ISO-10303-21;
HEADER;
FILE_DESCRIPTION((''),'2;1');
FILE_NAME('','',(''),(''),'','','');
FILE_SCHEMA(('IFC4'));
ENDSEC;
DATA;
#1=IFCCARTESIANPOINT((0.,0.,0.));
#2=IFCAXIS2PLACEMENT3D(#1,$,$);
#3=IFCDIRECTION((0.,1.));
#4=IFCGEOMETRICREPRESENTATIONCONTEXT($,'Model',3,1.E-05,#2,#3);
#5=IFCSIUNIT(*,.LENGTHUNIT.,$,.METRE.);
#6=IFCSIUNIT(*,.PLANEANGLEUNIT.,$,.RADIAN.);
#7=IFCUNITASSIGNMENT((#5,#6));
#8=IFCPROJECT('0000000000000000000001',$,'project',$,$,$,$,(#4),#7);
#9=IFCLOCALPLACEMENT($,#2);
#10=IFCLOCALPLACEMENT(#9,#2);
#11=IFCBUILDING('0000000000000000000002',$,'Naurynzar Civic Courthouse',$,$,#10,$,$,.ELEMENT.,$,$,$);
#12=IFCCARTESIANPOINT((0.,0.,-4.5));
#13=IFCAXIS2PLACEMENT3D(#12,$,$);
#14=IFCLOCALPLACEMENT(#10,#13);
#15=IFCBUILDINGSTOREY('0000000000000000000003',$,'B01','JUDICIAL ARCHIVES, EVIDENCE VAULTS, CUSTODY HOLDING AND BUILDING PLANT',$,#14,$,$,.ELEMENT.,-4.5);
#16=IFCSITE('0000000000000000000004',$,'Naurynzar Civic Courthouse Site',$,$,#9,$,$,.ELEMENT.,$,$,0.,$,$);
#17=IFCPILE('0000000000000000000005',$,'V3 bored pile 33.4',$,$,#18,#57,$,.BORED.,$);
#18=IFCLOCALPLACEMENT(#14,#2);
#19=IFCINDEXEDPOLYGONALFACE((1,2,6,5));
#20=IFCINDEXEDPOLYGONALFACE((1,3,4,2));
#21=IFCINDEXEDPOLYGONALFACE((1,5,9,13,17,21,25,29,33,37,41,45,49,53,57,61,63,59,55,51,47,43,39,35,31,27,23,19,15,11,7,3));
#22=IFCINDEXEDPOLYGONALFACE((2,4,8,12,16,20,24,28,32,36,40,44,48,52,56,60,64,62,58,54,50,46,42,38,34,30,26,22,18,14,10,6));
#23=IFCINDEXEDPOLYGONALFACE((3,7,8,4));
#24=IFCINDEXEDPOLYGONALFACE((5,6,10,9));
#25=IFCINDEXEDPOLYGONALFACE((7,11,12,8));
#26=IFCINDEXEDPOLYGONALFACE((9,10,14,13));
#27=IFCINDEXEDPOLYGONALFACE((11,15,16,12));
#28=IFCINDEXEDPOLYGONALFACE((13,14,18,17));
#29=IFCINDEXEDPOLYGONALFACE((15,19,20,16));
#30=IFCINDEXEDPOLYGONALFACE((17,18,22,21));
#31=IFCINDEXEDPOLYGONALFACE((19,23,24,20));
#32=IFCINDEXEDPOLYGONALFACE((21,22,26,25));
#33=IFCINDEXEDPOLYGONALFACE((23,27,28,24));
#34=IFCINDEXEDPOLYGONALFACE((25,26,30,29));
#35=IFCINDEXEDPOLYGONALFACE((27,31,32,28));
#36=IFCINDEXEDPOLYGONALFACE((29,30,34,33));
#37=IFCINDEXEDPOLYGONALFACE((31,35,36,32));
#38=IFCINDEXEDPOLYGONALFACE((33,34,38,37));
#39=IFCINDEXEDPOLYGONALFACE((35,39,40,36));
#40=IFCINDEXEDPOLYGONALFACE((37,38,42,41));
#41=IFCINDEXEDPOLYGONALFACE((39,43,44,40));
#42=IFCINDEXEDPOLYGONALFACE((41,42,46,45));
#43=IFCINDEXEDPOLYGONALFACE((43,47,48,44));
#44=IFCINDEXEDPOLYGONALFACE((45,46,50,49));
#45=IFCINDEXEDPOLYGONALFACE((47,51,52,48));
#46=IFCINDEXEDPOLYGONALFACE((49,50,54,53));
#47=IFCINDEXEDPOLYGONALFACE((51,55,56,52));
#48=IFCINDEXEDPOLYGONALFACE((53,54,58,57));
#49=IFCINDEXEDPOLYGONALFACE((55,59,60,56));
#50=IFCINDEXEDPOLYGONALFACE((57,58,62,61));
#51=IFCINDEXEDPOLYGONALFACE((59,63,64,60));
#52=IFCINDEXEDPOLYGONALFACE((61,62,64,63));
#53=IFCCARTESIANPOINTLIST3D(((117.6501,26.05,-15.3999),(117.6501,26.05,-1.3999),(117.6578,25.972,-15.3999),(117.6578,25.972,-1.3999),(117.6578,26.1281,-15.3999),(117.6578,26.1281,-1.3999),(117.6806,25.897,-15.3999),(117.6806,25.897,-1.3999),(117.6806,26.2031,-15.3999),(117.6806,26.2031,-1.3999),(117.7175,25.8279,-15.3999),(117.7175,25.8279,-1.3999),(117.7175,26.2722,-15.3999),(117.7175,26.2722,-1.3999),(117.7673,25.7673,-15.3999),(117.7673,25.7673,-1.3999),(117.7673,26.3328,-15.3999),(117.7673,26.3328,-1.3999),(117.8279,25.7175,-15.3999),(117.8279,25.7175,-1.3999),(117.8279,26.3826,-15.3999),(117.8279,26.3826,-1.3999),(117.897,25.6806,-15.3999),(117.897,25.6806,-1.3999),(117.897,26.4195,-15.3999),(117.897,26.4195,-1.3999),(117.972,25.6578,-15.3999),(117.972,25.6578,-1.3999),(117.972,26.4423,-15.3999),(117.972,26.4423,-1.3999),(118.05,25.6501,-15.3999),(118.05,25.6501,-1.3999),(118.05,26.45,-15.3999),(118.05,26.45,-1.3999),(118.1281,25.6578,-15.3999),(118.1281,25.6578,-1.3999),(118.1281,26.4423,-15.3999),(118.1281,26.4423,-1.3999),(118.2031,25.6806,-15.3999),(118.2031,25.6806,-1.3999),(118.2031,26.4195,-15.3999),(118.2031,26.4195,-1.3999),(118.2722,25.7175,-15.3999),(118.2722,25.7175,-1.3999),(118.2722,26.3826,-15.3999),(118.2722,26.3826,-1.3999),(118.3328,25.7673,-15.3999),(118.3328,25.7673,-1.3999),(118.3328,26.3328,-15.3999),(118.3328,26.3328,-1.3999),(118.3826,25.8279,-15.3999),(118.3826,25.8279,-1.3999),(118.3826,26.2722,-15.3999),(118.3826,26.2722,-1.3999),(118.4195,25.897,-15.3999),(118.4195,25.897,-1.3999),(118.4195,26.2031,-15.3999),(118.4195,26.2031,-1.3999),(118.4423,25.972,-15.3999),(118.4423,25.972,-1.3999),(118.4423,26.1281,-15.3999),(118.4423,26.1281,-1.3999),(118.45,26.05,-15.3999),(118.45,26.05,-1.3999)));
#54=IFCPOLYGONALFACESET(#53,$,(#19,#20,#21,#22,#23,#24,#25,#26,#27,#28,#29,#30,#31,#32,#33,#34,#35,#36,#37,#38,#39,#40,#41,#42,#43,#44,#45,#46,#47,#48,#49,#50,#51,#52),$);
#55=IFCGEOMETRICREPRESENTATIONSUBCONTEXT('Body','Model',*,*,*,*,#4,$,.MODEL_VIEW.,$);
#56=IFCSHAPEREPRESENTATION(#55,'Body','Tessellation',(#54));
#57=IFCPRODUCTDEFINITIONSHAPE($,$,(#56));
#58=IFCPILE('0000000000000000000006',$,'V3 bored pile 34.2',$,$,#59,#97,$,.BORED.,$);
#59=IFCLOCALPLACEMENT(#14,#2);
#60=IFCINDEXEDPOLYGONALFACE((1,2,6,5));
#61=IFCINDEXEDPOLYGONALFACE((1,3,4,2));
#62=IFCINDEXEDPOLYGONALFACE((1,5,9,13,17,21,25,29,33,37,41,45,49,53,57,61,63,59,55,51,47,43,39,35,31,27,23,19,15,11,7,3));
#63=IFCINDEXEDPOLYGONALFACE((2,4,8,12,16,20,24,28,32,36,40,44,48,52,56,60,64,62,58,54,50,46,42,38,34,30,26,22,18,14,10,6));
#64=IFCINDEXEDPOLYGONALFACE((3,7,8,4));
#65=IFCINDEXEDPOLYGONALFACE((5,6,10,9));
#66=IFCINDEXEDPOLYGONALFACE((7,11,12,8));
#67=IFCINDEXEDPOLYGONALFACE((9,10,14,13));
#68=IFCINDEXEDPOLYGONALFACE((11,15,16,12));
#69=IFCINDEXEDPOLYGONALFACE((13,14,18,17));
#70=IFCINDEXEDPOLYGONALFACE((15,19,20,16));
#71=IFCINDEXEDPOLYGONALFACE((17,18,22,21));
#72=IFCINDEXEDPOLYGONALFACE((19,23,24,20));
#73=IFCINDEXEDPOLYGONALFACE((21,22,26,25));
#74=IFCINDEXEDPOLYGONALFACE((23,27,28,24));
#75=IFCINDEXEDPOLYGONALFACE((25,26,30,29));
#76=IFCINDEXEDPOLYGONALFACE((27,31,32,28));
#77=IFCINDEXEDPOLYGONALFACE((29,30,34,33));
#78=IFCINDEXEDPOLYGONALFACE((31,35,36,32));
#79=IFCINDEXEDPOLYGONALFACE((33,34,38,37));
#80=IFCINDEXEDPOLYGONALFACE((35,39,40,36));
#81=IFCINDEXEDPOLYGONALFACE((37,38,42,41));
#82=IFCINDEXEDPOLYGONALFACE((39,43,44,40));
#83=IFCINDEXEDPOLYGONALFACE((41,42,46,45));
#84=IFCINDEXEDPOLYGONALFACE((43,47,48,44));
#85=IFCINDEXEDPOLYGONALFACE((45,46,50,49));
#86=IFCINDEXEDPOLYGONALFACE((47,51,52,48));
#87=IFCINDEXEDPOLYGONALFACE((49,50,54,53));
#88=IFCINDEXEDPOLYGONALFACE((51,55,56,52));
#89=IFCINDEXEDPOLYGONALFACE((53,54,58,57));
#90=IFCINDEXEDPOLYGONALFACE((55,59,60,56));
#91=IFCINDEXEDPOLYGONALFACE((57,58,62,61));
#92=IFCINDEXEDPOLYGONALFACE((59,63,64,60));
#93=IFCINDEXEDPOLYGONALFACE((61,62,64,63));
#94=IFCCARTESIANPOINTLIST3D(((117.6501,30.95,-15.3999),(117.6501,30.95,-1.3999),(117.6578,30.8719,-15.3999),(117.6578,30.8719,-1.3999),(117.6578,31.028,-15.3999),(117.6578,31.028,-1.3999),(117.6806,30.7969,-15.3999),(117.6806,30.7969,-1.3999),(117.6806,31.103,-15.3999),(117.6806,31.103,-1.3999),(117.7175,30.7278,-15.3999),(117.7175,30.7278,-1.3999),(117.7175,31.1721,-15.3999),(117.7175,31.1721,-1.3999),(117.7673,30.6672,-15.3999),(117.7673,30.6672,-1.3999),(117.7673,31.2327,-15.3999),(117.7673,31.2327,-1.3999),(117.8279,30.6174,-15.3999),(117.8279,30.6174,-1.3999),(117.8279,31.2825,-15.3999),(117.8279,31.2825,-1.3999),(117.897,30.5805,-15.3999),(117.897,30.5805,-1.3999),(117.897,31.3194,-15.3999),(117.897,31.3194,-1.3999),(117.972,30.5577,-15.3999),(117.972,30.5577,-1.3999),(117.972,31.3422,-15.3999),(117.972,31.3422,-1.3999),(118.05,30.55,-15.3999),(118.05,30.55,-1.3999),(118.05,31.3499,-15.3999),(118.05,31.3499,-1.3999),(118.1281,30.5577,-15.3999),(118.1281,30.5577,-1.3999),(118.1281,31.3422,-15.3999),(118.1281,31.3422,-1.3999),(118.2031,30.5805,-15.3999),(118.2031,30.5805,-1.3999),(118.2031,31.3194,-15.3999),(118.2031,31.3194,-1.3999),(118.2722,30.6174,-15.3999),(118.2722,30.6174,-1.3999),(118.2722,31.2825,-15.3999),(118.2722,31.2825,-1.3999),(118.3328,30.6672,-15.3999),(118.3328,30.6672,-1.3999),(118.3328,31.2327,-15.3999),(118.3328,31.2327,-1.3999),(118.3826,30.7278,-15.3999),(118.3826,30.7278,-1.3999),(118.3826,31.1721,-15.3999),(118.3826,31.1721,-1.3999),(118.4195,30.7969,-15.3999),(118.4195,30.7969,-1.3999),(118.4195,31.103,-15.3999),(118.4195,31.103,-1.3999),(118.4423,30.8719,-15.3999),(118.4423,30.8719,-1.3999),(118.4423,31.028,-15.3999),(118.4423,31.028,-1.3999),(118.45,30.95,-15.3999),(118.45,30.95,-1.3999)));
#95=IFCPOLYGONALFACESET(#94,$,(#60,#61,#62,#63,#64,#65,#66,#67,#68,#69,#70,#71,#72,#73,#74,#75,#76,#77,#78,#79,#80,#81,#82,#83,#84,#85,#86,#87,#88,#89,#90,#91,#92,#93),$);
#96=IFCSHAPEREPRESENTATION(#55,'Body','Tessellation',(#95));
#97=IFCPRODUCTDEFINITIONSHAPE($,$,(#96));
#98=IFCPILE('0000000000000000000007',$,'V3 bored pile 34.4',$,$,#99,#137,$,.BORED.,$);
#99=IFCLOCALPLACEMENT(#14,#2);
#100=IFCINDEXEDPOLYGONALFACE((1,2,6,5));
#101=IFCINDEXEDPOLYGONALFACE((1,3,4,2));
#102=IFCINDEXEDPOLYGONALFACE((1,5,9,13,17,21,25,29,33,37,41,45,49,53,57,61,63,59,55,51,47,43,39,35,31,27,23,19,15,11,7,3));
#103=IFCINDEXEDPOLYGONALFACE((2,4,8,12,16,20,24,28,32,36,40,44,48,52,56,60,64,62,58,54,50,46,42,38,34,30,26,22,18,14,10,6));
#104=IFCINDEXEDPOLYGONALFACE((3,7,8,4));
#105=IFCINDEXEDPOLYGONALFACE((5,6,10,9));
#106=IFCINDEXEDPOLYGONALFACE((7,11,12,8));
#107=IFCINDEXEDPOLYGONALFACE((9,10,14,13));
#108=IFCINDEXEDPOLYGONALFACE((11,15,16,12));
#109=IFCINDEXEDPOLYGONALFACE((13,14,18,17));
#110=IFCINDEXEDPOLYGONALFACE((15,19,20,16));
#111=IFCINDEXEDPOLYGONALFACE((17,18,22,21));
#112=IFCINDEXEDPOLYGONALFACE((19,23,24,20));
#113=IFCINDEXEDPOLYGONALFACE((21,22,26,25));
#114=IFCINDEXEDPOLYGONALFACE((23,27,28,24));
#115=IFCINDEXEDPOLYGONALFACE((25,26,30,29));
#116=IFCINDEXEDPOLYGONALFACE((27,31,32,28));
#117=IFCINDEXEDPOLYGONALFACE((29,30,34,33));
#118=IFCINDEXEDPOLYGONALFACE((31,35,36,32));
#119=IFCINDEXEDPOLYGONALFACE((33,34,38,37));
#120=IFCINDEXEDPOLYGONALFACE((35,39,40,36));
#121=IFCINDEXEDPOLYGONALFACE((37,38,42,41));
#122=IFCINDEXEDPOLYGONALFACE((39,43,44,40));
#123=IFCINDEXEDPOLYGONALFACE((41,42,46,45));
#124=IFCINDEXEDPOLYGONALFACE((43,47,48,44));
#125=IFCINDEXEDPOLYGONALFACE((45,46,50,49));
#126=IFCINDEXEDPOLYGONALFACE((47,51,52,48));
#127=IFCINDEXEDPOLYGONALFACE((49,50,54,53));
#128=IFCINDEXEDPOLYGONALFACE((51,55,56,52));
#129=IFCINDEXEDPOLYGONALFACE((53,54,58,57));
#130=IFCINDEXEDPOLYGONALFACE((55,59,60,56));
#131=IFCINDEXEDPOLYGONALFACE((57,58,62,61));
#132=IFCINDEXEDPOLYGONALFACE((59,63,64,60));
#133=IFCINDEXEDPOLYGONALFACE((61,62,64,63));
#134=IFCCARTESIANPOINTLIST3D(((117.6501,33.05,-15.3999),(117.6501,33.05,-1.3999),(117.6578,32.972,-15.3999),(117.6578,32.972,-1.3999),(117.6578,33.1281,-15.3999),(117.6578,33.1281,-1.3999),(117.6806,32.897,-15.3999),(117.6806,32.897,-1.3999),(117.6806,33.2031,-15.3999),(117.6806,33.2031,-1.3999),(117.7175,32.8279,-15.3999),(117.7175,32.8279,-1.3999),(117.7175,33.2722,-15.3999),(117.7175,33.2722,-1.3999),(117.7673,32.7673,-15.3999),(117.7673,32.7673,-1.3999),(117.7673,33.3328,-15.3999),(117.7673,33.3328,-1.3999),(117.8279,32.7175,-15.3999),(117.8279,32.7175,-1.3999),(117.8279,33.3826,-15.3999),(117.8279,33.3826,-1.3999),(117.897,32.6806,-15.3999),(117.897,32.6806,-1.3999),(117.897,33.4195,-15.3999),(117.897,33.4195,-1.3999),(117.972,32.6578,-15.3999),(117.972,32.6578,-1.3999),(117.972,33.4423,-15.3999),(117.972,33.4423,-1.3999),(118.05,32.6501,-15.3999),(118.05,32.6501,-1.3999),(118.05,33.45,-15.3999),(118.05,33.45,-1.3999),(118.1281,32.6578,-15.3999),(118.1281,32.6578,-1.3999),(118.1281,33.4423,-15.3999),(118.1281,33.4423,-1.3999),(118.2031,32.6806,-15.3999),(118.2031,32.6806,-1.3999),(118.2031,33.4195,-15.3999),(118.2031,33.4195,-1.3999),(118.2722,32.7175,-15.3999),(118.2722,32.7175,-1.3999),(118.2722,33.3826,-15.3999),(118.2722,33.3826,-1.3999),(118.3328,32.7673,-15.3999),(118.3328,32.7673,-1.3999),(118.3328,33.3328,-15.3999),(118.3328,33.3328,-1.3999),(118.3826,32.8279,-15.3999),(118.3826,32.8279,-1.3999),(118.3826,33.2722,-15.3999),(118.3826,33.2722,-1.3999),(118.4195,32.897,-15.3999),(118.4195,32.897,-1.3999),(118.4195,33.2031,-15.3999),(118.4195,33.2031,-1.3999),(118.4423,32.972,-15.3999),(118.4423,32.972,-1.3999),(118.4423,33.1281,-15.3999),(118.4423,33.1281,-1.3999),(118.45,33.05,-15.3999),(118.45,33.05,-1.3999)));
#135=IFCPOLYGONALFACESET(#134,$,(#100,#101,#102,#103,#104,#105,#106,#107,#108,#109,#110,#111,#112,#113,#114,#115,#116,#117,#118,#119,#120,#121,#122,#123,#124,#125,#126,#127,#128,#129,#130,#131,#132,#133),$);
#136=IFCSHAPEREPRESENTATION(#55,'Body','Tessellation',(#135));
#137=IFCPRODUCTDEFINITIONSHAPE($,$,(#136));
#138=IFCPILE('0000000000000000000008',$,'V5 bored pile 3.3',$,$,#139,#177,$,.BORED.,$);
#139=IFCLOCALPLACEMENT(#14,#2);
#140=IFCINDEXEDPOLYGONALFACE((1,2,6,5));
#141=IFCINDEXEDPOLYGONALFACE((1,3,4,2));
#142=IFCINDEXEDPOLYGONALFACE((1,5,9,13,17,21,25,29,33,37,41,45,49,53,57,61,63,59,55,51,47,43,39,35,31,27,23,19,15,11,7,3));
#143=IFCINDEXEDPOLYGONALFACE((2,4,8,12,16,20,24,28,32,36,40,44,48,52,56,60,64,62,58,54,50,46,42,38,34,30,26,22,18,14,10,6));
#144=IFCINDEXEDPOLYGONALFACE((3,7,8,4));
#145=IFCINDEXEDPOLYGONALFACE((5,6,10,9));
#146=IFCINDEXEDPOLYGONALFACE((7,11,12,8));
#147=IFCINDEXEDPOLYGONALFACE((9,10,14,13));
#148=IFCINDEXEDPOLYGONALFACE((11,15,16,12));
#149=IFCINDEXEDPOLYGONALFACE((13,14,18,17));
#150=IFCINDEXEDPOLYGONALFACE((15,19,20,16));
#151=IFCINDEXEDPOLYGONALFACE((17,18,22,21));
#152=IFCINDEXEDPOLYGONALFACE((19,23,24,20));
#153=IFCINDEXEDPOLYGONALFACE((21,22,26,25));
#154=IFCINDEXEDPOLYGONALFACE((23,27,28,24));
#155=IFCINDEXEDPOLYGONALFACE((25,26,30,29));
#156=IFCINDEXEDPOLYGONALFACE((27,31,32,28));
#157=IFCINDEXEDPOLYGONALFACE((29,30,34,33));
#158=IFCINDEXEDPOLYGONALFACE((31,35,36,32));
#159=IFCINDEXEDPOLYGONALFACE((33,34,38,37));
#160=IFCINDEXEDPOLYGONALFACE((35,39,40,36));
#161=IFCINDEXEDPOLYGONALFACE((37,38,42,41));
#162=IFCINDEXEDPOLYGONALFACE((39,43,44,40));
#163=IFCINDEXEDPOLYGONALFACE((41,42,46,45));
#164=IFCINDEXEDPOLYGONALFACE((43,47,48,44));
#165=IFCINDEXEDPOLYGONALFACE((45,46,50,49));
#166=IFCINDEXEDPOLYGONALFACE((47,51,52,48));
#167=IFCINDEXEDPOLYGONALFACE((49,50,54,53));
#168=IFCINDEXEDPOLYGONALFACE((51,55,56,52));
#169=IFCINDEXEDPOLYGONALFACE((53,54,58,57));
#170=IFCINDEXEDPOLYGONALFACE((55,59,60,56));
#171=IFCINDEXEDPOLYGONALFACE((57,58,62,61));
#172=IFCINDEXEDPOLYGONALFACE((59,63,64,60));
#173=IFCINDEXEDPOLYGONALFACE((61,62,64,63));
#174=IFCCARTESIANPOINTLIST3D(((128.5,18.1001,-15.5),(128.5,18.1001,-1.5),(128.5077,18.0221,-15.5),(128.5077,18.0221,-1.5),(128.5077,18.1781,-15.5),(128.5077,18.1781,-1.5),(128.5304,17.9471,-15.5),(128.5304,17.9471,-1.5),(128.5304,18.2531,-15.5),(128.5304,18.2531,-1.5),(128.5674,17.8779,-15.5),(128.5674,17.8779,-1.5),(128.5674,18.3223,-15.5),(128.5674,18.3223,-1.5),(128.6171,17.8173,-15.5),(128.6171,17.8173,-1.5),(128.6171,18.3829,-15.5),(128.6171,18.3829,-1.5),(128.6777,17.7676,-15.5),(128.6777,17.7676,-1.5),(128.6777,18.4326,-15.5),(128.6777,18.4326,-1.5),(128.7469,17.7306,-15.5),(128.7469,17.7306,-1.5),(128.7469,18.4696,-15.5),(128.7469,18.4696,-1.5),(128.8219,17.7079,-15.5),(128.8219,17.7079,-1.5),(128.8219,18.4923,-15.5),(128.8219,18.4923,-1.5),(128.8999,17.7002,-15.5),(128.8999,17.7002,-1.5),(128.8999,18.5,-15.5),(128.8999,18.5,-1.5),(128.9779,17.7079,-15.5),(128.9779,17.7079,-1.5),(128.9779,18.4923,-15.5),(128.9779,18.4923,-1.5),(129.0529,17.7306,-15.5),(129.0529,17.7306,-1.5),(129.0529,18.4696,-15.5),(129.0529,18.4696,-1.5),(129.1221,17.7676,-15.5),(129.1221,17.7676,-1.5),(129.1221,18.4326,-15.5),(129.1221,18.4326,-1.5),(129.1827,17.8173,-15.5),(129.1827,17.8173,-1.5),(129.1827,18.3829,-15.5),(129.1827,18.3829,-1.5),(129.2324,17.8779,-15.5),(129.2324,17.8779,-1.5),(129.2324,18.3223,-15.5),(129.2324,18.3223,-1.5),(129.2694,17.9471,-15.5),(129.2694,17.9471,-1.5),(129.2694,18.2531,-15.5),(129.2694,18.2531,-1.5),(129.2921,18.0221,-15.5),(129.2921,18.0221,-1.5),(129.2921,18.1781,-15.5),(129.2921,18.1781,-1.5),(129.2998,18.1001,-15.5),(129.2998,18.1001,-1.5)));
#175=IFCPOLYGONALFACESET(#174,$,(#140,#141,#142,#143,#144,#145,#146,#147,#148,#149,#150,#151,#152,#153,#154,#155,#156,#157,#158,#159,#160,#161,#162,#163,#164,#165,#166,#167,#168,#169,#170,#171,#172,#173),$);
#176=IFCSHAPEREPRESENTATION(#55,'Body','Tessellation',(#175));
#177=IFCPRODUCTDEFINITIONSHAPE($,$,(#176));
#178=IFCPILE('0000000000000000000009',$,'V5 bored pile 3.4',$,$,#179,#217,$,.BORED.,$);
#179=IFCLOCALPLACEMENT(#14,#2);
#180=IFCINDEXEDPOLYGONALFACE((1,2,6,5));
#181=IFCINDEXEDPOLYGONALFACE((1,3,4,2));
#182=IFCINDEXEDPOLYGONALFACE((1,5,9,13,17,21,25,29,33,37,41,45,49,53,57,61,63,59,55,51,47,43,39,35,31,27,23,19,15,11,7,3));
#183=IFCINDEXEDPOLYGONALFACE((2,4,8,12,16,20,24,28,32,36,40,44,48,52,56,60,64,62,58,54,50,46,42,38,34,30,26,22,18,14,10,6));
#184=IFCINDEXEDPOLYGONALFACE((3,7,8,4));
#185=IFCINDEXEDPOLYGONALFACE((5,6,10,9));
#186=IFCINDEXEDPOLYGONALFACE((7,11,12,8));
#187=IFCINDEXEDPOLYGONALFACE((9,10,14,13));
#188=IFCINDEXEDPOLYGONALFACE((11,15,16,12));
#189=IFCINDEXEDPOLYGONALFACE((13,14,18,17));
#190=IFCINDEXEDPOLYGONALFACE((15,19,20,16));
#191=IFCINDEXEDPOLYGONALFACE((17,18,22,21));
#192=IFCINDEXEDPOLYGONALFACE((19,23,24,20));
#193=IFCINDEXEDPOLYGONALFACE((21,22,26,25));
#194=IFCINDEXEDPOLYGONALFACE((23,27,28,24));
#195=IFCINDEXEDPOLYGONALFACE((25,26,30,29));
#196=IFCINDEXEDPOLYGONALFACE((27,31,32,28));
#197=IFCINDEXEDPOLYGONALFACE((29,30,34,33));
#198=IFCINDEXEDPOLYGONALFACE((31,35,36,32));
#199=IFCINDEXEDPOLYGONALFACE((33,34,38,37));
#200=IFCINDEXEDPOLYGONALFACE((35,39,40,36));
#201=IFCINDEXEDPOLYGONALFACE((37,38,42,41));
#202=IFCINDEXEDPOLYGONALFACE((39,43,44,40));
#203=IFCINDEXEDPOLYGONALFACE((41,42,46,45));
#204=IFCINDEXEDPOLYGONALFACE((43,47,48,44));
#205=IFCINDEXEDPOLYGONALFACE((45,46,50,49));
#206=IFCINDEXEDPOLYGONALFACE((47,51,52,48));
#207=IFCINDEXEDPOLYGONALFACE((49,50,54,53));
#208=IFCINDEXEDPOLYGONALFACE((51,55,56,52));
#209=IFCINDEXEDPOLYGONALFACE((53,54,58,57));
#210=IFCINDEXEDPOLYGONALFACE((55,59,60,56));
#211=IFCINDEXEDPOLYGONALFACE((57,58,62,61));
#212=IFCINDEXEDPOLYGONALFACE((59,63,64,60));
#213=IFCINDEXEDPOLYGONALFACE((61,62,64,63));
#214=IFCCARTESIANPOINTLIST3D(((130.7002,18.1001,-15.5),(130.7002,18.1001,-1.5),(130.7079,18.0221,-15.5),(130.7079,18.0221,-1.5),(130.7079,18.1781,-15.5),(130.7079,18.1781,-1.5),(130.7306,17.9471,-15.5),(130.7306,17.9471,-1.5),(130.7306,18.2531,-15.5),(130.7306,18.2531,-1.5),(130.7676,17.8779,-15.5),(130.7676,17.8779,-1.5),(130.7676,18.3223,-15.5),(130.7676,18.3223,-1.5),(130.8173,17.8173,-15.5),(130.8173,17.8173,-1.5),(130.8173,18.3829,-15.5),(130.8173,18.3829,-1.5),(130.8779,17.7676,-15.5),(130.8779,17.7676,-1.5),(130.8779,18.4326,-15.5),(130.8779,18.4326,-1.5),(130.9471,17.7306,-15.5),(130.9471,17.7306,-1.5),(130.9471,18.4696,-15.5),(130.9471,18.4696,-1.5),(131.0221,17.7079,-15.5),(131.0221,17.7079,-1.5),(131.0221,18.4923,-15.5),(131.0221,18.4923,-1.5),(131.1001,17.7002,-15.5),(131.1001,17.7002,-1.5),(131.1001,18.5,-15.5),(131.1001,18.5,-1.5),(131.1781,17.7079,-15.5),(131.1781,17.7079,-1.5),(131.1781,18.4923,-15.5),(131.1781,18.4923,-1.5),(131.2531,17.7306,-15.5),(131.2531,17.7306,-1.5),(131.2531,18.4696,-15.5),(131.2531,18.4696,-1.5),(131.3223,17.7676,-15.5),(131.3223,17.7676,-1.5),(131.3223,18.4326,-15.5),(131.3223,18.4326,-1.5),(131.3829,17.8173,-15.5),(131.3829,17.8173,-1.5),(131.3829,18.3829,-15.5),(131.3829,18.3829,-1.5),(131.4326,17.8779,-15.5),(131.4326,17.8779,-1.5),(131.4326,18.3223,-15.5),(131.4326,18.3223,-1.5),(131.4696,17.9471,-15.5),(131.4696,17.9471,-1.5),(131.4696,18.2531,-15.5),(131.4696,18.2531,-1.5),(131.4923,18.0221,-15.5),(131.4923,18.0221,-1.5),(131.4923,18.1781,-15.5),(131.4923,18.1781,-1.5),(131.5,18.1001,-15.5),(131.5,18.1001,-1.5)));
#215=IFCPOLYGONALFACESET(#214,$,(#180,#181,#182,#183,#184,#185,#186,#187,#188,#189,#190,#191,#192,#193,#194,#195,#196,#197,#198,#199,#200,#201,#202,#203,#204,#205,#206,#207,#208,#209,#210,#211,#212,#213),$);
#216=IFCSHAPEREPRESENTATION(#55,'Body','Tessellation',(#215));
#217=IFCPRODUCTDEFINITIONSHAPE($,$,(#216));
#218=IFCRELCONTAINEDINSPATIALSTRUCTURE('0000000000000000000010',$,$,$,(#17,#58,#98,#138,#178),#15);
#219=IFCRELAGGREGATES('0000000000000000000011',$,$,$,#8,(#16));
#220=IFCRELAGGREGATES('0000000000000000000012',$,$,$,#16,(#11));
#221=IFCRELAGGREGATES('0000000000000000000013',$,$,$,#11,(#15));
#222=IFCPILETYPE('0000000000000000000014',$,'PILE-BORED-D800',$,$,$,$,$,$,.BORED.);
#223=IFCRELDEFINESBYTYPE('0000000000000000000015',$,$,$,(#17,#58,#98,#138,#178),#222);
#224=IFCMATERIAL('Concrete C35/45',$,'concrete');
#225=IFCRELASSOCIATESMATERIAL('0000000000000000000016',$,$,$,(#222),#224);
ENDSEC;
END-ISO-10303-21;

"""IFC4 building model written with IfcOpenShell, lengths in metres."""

from ifc_helpers import new_model, si_unit, direction, frame, origin, origin_2d, place, context, subcontext, project, spatial, circle, extrude, material, material_profile, profile_set, type_object, element, save


model = new_model("IFC4")

# Units and contexts
model_context = context("Model", 3, precision=1e-05, world=origin(), true_north=direction((0.0, 1.0)))
body_context = subcontext(model_context, "Body", "Model", "MODEL_VIEW")
ifc_project = project(units=[si_unit("LENGTHUNIT", "METRE"), si_unit("PLANEANGLEUNIT", "RADIAN")], contexts=[model_context])

# Site, building, storey
site_placement = place(None, origin())
site = spatial("IfcSite", under=ifc_project, at=site_placement, Name="Naurynzar Civic Courthouse Site", CompositionType="ELEMENT", RefElevation=0.0)
building_placement = place(site_placement, origin())
building = spatial("IfcBuilding", under=site, at=building_placement, Name="Naurynzar Civic Courthouse", CompositionType="ELEMENT")
storey_placement = place(building_placement, frame((0.0, 0.0, -4.5)))
storey = spatial("IfcBuildingStorey", under=building, at=storey_placement, Name="B01", Description="JUDICIAL ARCHIVES, EVIDENCE VAULTS, CUSTODY HOLDING AND BUILDING PLANT", CompositionType="ELEMENT", Elevation=-4.5)

# Piles
ifc_material_1 = material(Name="Concrete C35/45", Category="concrete")
ifc_material_profile_1 = material_profile(ifc_material_1, circle(Radius=0.3999, at=origin_2d()), Name="PILE D800")
ifc_profile_set_1 = profile_set([ifc_material_profile_1], Name="Concrete C35/45")
pile_type = type_object("IfcPileType", Name="PILE-BORED-D800", PredefinedType="BORED", material=ifc_profile_set_1)
for number, where, z_axis, x_axis, name in (
    (1, (118.05, 26.05, -1.3999), (0.0, 0.0, -1.0), (1.0, 0.0, 0.0), "V3 bored pile 33.4"),
    (2, (118.05, 30.95, -1.3999), (0.0, 0.0, -1.0), (1.0, 0.0, 0.0), "V3 bored pile 34.2"),
    (3, (118.05, 33.05, -1.3999), (0.0, 0.0, -1.0), (1.0, 0.0, 0.0), "V3 bored pile 34.4"),
    (4, (128.8999, 18.1001, -1.5), (0.0, 0.0, -1.0), (1.0, 0.0, 0.0), "V5 bored pile 3.3"),
    (5, (131.1001, 18.1001, -1.5), (0.0, 0.0, -1.0), (1.0, 0.0, 0.0), "V5 bored pile 3.4"),
):
    element("IfcPile", number, at=place(storey_placement, frame(where, z_axis=z_axis, x_axis=x_axis)), inside=storey, type_object=pile_type, Name=name, PredefinedType="BORED", context=body_context, shape_type="SweptSolid", body=[
        extrude(circle(Radius=0.3999, at=origin_2d()), origin(), (0.0, 0.0, 1.0), 14.0),
    ])

save(model, "model.ifc")
